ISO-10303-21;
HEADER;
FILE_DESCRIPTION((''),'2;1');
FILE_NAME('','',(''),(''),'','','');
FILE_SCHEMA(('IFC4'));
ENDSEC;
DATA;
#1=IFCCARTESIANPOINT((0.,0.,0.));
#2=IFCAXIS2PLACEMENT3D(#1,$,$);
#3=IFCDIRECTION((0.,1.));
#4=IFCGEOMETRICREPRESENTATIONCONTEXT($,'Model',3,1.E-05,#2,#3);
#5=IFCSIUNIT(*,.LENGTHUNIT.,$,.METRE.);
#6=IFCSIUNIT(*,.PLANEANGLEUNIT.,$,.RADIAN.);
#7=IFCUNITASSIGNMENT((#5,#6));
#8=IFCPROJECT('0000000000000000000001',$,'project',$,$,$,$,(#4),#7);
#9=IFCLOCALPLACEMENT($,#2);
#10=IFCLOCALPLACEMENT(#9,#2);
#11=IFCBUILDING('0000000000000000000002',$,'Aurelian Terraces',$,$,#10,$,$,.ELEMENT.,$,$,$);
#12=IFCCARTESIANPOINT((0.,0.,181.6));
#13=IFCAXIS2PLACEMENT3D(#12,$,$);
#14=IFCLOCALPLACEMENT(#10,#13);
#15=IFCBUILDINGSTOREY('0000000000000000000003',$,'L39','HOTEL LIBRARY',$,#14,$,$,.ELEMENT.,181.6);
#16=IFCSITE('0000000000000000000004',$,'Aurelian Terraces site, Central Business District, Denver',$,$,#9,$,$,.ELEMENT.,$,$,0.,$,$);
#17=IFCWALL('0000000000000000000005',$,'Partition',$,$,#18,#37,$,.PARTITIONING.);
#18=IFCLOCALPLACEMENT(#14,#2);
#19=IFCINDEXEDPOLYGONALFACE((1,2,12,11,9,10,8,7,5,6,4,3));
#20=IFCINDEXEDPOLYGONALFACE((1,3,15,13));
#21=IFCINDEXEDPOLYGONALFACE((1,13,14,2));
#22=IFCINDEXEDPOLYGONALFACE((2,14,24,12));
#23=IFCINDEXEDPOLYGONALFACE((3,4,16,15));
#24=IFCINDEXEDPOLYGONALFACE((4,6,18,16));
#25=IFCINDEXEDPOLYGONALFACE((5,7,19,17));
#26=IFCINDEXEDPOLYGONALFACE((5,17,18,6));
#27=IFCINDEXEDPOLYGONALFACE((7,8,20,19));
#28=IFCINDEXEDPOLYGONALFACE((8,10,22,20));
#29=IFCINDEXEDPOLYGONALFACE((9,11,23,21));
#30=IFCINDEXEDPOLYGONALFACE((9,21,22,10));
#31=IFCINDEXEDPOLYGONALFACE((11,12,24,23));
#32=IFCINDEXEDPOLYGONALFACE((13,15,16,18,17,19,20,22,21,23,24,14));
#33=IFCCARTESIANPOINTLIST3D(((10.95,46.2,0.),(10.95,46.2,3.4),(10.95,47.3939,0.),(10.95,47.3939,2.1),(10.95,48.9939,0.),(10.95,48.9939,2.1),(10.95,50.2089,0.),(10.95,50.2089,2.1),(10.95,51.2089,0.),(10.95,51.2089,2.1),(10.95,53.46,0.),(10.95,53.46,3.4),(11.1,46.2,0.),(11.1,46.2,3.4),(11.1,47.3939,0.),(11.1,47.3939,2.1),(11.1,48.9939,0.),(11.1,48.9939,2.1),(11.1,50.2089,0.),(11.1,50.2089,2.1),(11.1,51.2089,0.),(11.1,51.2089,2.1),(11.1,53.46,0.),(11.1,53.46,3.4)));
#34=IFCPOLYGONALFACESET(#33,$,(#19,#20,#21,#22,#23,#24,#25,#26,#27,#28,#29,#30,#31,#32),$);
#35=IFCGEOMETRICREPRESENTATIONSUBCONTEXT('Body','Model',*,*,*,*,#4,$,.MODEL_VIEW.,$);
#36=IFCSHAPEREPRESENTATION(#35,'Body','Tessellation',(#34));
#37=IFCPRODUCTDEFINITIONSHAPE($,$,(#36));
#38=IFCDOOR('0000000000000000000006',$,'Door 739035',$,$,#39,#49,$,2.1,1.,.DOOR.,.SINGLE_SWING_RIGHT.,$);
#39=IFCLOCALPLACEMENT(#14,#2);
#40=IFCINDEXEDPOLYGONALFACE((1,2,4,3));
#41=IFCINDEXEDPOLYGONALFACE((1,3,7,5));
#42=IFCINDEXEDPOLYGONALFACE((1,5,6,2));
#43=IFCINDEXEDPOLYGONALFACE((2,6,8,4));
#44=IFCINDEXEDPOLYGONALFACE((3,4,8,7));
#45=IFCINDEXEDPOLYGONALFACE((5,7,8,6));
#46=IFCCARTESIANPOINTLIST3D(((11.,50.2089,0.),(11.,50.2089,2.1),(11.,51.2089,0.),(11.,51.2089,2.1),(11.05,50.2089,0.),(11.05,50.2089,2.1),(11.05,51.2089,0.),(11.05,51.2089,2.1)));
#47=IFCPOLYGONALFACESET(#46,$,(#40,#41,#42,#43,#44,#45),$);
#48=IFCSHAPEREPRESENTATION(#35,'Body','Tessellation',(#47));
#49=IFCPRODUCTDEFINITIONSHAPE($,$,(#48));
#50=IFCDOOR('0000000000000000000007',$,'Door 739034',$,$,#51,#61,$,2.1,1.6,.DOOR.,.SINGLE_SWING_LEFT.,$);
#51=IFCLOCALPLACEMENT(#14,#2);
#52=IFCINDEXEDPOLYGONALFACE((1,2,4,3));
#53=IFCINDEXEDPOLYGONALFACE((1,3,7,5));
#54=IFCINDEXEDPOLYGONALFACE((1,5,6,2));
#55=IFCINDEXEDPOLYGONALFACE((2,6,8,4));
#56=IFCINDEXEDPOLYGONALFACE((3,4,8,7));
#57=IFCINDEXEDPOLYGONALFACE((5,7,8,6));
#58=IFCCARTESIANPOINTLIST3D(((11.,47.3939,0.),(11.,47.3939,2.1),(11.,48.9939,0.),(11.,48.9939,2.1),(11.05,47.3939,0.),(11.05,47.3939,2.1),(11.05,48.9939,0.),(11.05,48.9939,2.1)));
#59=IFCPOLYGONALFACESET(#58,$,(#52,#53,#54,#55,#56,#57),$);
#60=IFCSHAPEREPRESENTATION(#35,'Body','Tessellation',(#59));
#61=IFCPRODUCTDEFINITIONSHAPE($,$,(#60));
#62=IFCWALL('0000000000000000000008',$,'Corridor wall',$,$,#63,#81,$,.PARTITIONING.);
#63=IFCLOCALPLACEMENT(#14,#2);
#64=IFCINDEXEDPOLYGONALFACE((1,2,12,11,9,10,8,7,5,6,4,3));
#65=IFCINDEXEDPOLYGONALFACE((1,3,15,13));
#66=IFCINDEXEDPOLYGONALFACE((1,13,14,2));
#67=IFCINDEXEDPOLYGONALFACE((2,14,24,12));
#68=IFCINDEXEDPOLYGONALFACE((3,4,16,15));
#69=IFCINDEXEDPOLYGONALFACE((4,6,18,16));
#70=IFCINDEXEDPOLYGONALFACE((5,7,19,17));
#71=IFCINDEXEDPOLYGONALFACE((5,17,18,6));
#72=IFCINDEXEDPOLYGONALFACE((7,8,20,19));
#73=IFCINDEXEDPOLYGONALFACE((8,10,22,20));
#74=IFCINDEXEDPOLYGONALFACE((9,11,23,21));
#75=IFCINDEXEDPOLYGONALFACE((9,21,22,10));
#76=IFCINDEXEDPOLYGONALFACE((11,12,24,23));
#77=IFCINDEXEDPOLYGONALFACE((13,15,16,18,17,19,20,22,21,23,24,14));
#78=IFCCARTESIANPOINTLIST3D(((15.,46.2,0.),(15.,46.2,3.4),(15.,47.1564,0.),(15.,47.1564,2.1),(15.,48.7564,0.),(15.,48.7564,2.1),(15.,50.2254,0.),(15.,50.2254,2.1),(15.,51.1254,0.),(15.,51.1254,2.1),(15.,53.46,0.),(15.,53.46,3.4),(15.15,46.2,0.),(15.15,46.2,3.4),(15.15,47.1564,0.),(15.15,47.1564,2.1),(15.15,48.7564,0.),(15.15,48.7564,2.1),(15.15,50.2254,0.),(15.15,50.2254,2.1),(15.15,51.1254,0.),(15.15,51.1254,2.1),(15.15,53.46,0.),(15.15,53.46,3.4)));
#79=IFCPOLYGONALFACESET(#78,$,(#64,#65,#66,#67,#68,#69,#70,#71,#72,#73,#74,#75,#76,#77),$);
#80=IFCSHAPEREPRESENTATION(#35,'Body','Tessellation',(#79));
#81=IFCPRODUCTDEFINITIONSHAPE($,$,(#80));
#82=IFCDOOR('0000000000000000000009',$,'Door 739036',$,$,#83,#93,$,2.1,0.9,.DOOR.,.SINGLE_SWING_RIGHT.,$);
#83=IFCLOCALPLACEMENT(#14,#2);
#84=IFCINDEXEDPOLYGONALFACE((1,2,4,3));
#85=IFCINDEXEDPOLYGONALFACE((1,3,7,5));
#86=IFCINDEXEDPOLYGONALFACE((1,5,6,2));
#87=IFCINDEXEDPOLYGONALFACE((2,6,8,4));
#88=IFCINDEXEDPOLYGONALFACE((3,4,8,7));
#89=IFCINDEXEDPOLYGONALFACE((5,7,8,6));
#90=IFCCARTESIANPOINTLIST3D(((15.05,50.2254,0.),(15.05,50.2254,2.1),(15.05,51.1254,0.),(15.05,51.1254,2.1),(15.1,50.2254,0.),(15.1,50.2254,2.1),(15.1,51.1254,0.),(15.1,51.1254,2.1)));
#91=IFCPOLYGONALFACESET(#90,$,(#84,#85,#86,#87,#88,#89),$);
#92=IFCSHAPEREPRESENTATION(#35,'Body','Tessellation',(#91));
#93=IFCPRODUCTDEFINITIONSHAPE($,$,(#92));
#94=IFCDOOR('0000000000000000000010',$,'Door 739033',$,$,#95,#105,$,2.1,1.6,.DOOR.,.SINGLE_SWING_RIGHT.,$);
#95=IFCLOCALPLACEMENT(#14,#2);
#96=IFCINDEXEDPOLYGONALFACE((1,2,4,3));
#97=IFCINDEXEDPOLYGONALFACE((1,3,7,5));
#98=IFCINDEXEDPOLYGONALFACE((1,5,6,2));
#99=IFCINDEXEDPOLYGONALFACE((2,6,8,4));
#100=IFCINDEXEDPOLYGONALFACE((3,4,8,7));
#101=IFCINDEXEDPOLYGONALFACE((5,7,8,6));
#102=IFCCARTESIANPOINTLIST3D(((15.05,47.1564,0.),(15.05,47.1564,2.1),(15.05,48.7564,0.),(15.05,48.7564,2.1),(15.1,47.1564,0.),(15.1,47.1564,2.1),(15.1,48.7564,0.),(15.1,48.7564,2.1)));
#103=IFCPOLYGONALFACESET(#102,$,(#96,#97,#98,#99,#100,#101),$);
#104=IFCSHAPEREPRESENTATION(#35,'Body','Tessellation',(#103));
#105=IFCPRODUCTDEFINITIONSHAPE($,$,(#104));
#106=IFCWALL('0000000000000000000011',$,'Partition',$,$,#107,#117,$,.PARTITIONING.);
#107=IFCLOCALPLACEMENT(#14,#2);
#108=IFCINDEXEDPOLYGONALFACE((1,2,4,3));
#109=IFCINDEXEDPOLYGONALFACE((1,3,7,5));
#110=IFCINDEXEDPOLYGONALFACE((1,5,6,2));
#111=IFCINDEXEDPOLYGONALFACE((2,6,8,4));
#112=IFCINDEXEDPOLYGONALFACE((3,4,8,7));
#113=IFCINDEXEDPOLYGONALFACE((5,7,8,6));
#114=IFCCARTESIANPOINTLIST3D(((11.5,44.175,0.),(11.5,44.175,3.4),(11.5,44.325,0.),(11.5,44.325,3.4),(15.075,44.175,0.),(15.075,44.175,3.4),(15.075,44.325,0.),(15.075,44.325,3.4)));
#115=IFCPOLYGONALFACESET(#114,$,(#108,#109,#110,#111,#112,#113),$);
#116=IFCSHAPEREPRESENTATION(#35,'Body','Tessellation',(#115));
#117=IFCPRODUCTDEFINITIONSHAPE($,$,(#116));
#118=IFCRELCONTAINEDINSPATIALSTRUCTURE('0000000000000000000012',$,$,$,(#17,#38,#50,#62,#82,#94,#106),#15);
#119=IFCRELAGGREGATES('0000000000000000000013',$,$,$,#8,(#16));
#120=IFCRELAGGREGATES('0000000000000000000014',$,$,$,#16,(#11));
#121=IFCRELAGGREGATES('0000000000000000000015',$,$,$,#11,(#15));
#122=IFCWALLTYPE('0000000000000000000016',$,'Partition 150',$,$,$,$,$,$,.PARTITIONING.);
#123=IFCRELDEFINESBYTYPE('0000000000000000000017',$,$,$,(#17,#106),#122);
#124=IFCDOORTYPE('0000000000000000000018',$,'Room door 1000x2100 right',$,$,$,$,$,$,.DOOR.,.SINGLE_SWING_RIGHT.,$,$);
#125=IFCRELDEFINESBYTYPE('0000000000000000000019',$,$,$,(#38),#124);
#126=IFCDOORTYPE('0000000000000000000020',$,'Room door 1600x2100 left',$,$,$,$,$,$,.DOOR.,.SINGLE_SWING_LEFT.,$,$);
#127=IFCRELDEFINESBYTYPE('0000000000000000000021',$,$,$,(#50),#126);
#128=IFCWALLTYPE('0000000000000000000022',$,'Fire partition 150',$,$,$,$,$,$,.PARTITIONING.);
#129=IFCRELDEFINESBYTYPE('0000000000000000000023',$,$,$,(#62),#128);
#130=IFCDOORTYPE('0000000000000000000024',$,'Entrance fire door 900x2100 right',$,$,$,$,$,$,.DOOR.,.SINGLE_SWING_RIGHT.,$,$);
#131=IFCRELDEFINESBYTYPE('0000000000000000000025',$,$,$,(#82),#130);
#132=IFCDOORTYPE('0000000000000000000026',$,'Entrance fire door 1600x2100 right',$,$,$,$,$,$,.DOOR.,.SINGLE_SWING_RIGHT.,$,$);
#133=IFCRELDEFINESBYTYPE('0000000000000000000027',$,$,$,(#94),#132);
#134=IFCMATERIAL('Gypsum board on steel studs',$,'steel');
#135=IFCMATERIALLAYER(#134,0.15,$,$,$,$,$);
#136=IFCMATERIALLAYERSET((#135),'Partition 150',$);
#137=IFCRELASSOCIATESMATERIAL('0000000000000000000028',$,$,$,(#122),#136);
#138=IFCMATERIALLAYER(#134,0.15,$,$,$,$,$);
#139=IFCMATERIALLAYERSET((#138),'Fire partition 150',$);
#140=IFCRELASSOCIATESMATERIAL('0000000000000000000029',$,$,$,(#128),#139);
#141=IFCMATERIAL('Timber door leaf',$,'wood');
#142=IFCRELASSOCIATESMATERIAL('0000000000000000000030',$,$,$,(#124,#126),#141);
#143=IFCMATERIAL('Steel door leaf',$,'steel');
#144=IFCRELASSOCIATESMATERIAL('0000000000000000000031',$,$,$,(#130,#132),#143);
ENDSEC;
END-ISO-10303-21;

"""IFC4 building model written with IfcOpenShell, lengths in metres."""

from ifc_helpers import new_model, si_unit, direction, frame, frame_2d, origin, place, context, subcontext, project, spatial, rectangle, extrude, source, transform, mapped, material, layer, layer_set, type_object, element, fill, save


model = new_model("IFC4")

# Units and contexts
model_context = context("Model", 3, precision=1e-05, world=origin(), true_north=direction((0.0, 1.0)))
body_context = subcontext(model_context, "Body", "Model", "MODEL_VIEW")
ifc_project = project(units=[si_unit("LENGTHUNIT", "METRE"), si_unit("PLANEANGLEUNIT", "RADIAN")], contexts=[model_context])

# Site, building, storey
site_placement = place(None, origin())
site = spatial("IfcSite", under=ifc_project, at=site_placement, Name="Aurelian Terraces site, Central Business District, Denver", CompositionType="ELEMENT", RefElevation=0.0)
building_placement = place(site_placement, origin())
building = spatial("IfcBuilding", under=site, at=building_placement, Name="Aurelian Terraces", CompositionType="ELEMENT")
storey_placement = place(building_placement, frame((0.0, 0.0, 181.6)))
storey = spatial("IfcBuildingStorey", under=building, at=storey_placement, Name="L39", Description="HOTEL LIBRARY", CompositionType="ELEMENT", Elevation=181.6)

# Shared definitions
ifc_material_1 = material(Name="Gypsum board on steel studs", Category="steel")
ifc_layer_1 = layer(ifc_material_1, 0.15)
ifc_layer_set_1 = layer_set([ifc_layer_1], Name="Partition 150")
wall_type_1 = type_object("IfcWallType", Name="Partition 150", PredefinedType="PARTITIONING", material=ifc_layer_set_1)

# Shared definitions
shared_shape_1 = source(origin(), body_context, "Body", "SweptSolid", [
    extrude(rectangle(XDim=0.9, YDim=2.1, at=frame_2d((0.45, 1.05))), frame((0.0, 0.085, 0.0), z_axis=(0.0, -1.0, 0.0), x_axis=(1.0, 0.0, 0.0)), (0.0, 0.0, 1.0), 0.17),
])
ifc_material_2 = material(Name="Timber door leaf", Category="wood")
shared_shape_2 = source(origin(), body_context, "Body", "SweptSolid", [
    extrude(rectangle(XDim=0.9, YDim=2.1, at=frame_2d((0.45, 1.05))), frame((0.0, 0.025, 0.0), z_axis=(0.0, -1.0, 0.0), x_axis=(1.0, 0.0, 0.0)), (0.0, 0.0, 1.0), 0.05),
])

# Shared definitions
ifc_layer_2 = layer(ifc_material_1, 0.15)
ifc_layer_set_2 = layer_set([ifc_layer_2], Name="Fire partition 150")
wall_type_2 = type_object("IfcWallType", Name="Fire partition 150", PredefinedType="PARTITIONING", material=ifc_layer_set_2)

# Walls, openings, doors
shared_shape_3 = source(origin(), body_context, "Body", "SweptSolid", [
    extrude(rectangle(XDim=7.26, YDim=0.15, at=frame_2d((3.63, 0.0))), origin(), (0.0, 0.0, 1.0), 3.4),
])
wall_1_placement = place(storey_placement, frame((11.025, 46.2, 0.0), z_axis=(0.0, 0.0, 1.0), x_axis=(0.0, 1.0, 0.0)))
wall_1 = element("IfcWall", 1, at=wall_1_placement, inside=storey, type_object=wall_type_1, Name="Partition", PredefinedType="PARTITIONING", context=body_context, shape_type="MappedRepresentation", body=[
    mapped(shared_shape_3, transform((0.0, 0.0, 0.0), scale=1.0)),
])
shared_shape_4 = source(origin(), body_context, "Body", "SweptSolid", [
    extrude(rectangle(XDim=1.6, YDim=2.1, at=frame_2d((0.8, 1.05))), frame((0.0, 0.085, 0.0), z_axis=(0.0, -1.0, 0.0), x_axis=(1.0, 0.0, 0.0)), (0.0, 0.0, 1.0), 0.17),
])
opening_1_placement = place(wall_1_placement, frame((1.1939, 0.0, 0.0)))
opening_1 = element("IfcOpeningElement", 2, at=opening_1_placement, cuts=wall_1, PredefinedType="OPENING", context=body_context, shape_type="MappedRepresentation", body=[
    mapped(shared_shape_4, transform((0.0, 0.0, 0.0), scale=1.0)),
])
shared_shape_5 = source(origin(), body_context, "Body", "SweptSolid", [
    extrude(rectangle(XDim=1.0, YDim=2.1, at=frame_2d((0.5, 1.05))), frame((0.0, 0.085, 0.0), z_axis=(0.0, -1.0, 0.0), x_axis=(1.0, 0.0, 0.0)), (0.0, 0.0, 1.0), 0.17),
])
opening_2_placement = place(wall_1_placement, frame((4.0089, 0.0, 0.0)))
opening_2 = element("IfcOpeningElement", 3, at=opening_2_placement, cuts=wall_1, PredefinedType="OPENING", context=body_context, shape_type="MappedRepresentation", body=[
    mapped(shared_shape_5, transform((0.0, 0.0, 0.0), scale=1.0)),
])
door_type_1 = type_object("IfcDoorType", Name="Room door 1000x2100 right", OperationType="SINGLE_SWING_RIGHT", PredefinedType="DOOR", material=ifc_material_2)
shared_shape_6 = source(origin(), body_context, "Body", "SweptSolid", [
    extrude(rectangle(XDim=1.0, YDim=2.1, at=frame_2d((0.5, 1.05))), frame((0.0, 0.025, 0.0), z_axis=(0.0, -1.0, 0.0), x_axis=(1.0, 0.0, 0.0)), (0.0, 0.0, 1.0), 0.05),
])
door_1_placement = place(opening_2_placement, origin())
door_1 = element("IfcDoor", 4, at=door_1_placement, inside=storey, type_object=door_type_1, Name="Door 739035", OperationType="SINGLE_SWING_RIGHT", OverallHeight=2.1, OverallWidth=1.0, PredefinedType="DOOR", context=body_context, shape_type="MappedRepresentation", body=[
    mapped(shared_shape_6, transform((0.0, 0.0, 0.0), scale=1.0)),
])
fill(opening_2, door_1)
door_type_2 = type_object("IfcDoorType", Name="Room door 1600x2100 left", OperationType="SINGLE_SWING_LEFT", PredefinedType="DOOR", material=ifc_material_2)
shared_shape_7 = source(origin(), body_context, "Body", "SweptSolid", [
    extrude(rectangle(XDim=1.6, YDim=2.1, at=frame_2d((0.8, 1.05))), frame((0.0, 0.025, 0.0), z_axis=(0.0, -1.0, 0.0), x_axis=(1.0, 0.0, 0.0)), (0.0, 0.0, 1.0), 0.05),
])
door_2_placement = place(opening_1_placement, origin())
door_2 = element("IfcDoor", 5, at=door_2_placement, inside=storey, type_object=door_type_2, Name="Door 739034", OperationType="SINGLE_SWING_LEFT", OverallHeight=2.1, OverallWidth=1.6, PredefinedType="DOOR", context=body_context, shape_type="MappedRepresentation", body=[
    mapped(shared_shape_7, transform((0.0, 0.0, 0.0), scale=1.0)),
])
fill(opening_1, door_2)
wall_2_placement = place(storey_placement, frame((15.075, 46.2, 0.0), z_axis=(0.0, 0.0, 1.0), x_axis=(0.0, 1.0, 0.0)))
wall_2 = element("IfcWall", 6, at=wall_2_placement, inside=storey, type_object=wall_type_2, Name="Corridor wall", PredefinedType="PARTITIONING", context=body_context, shape_type="MappedRepresentation", body=[
    mapped(shared_shape_3, transform((0.0, 0.0, 0.0), scale=1.0)),
])
opening_3_placement = place(wall_2_placement, frame((0.9564, 0.0, 0.0)))
opening_3 = element("IfcOpeningElement", 7, at=opening_3_placement, cuts=wall_2, PredefinedType="OPENING", context=body_context, shape_type="MappedRepresentation", body=[
    mapped(shared_shape_4, transform((0.0, 0.0, 0.0), scale=1.0)),
])
opening_4_placement = place(wall_2_placement, frame((4.0254, 0.0, 0.0)))
opening_4 = element("IfcOpeningElement", 8, at=opening_4_placement, cuts=wall_2, PredefinedType="OPENING", context=body_context, shape_type="MappedRepresentation", body=[
    mapped(shared_shape_1, transform((0.0, 0.0, 0.0), scale=1.0)),
])
ifc_material_3 = material(Name="Steel door leaf", Category="steel")
door_type_3 = type_object("IfcDoorType", Name="Entrance fire door 900x2100 right", OperationType="SINGLE_SWING_RIGHT", PredefinedType="DOOR", material=ifc_material_3)
door_3_placement = place(opening_4_placement, origin())
door_3 = element("IfcDoor", 9, at=door_3_placement, inside=storey, type_object=door_type_3, Name="Door 739036", OperationType="SINGLE_SWING_RIGHT", OverallHeight=2.1, OverallWidth=0.9, PredefinedType="DOOR", context=body_context, shape_type="MappedRepresentation", body=[
    mapped(shared_shape_2, transform((0.0, 0.0, 0.0), scale=1.0)),
])
fill(opening_4, door_3)
door_type_4 = type_object("IfcDoorType", Name="Entrance fire door 1600x2100 right", OperationType="SINGLE_SWING_RIGHT", PredefinedType="DOOR", material=ifc_material_3)
door_4_placement = place(opening_3_placement, origin())
door_4 = element("IfcDoor", 10, at=door_4_placement, inside=storey, type_object=door_type_4, Name="Door 739033", OperationType="SINGLE_SWING_RIGHT", OverallHeight=2.1, OverallWidth=1.6, PredefinedType="DOOR", context=body_context, shape_type="MappedRepresentation", body=[
    mapped(shared_shape_7, transform((0.0, 0.0, 0.0), scale=1.0)),
])
fill(opening_3, door_4)

# Wall
shared_shape_8 = source(origin(), body_context, "Body", "SweptSolid", [
    extrude(rectangle(XDim=3.575, YDim=0.15, at=frame_2d((1.7875, 0.0))), origin(), (0.0, 0.0, 1.0), 3.4),
])
wall_3_placement = place(storey_placement, frame((15.075, 44.25, 0.0), z_axis=(0.0, 0.0, 1.0), x_axis=(-1.0, 0.0, 0.0)))
element("IfcWall", 11, at=wall_3_placement, inside=storey, type_object=wall_type_1, Name="Partition", PredefinedType="PARTITIONING", context=body_context, shape_type="MappedRepresentation", body=[
    mapped(shared_shape_8, transform((0.0, 0.0, 0.0), scale=1.0)),
])

save(model, "model.ifc")
